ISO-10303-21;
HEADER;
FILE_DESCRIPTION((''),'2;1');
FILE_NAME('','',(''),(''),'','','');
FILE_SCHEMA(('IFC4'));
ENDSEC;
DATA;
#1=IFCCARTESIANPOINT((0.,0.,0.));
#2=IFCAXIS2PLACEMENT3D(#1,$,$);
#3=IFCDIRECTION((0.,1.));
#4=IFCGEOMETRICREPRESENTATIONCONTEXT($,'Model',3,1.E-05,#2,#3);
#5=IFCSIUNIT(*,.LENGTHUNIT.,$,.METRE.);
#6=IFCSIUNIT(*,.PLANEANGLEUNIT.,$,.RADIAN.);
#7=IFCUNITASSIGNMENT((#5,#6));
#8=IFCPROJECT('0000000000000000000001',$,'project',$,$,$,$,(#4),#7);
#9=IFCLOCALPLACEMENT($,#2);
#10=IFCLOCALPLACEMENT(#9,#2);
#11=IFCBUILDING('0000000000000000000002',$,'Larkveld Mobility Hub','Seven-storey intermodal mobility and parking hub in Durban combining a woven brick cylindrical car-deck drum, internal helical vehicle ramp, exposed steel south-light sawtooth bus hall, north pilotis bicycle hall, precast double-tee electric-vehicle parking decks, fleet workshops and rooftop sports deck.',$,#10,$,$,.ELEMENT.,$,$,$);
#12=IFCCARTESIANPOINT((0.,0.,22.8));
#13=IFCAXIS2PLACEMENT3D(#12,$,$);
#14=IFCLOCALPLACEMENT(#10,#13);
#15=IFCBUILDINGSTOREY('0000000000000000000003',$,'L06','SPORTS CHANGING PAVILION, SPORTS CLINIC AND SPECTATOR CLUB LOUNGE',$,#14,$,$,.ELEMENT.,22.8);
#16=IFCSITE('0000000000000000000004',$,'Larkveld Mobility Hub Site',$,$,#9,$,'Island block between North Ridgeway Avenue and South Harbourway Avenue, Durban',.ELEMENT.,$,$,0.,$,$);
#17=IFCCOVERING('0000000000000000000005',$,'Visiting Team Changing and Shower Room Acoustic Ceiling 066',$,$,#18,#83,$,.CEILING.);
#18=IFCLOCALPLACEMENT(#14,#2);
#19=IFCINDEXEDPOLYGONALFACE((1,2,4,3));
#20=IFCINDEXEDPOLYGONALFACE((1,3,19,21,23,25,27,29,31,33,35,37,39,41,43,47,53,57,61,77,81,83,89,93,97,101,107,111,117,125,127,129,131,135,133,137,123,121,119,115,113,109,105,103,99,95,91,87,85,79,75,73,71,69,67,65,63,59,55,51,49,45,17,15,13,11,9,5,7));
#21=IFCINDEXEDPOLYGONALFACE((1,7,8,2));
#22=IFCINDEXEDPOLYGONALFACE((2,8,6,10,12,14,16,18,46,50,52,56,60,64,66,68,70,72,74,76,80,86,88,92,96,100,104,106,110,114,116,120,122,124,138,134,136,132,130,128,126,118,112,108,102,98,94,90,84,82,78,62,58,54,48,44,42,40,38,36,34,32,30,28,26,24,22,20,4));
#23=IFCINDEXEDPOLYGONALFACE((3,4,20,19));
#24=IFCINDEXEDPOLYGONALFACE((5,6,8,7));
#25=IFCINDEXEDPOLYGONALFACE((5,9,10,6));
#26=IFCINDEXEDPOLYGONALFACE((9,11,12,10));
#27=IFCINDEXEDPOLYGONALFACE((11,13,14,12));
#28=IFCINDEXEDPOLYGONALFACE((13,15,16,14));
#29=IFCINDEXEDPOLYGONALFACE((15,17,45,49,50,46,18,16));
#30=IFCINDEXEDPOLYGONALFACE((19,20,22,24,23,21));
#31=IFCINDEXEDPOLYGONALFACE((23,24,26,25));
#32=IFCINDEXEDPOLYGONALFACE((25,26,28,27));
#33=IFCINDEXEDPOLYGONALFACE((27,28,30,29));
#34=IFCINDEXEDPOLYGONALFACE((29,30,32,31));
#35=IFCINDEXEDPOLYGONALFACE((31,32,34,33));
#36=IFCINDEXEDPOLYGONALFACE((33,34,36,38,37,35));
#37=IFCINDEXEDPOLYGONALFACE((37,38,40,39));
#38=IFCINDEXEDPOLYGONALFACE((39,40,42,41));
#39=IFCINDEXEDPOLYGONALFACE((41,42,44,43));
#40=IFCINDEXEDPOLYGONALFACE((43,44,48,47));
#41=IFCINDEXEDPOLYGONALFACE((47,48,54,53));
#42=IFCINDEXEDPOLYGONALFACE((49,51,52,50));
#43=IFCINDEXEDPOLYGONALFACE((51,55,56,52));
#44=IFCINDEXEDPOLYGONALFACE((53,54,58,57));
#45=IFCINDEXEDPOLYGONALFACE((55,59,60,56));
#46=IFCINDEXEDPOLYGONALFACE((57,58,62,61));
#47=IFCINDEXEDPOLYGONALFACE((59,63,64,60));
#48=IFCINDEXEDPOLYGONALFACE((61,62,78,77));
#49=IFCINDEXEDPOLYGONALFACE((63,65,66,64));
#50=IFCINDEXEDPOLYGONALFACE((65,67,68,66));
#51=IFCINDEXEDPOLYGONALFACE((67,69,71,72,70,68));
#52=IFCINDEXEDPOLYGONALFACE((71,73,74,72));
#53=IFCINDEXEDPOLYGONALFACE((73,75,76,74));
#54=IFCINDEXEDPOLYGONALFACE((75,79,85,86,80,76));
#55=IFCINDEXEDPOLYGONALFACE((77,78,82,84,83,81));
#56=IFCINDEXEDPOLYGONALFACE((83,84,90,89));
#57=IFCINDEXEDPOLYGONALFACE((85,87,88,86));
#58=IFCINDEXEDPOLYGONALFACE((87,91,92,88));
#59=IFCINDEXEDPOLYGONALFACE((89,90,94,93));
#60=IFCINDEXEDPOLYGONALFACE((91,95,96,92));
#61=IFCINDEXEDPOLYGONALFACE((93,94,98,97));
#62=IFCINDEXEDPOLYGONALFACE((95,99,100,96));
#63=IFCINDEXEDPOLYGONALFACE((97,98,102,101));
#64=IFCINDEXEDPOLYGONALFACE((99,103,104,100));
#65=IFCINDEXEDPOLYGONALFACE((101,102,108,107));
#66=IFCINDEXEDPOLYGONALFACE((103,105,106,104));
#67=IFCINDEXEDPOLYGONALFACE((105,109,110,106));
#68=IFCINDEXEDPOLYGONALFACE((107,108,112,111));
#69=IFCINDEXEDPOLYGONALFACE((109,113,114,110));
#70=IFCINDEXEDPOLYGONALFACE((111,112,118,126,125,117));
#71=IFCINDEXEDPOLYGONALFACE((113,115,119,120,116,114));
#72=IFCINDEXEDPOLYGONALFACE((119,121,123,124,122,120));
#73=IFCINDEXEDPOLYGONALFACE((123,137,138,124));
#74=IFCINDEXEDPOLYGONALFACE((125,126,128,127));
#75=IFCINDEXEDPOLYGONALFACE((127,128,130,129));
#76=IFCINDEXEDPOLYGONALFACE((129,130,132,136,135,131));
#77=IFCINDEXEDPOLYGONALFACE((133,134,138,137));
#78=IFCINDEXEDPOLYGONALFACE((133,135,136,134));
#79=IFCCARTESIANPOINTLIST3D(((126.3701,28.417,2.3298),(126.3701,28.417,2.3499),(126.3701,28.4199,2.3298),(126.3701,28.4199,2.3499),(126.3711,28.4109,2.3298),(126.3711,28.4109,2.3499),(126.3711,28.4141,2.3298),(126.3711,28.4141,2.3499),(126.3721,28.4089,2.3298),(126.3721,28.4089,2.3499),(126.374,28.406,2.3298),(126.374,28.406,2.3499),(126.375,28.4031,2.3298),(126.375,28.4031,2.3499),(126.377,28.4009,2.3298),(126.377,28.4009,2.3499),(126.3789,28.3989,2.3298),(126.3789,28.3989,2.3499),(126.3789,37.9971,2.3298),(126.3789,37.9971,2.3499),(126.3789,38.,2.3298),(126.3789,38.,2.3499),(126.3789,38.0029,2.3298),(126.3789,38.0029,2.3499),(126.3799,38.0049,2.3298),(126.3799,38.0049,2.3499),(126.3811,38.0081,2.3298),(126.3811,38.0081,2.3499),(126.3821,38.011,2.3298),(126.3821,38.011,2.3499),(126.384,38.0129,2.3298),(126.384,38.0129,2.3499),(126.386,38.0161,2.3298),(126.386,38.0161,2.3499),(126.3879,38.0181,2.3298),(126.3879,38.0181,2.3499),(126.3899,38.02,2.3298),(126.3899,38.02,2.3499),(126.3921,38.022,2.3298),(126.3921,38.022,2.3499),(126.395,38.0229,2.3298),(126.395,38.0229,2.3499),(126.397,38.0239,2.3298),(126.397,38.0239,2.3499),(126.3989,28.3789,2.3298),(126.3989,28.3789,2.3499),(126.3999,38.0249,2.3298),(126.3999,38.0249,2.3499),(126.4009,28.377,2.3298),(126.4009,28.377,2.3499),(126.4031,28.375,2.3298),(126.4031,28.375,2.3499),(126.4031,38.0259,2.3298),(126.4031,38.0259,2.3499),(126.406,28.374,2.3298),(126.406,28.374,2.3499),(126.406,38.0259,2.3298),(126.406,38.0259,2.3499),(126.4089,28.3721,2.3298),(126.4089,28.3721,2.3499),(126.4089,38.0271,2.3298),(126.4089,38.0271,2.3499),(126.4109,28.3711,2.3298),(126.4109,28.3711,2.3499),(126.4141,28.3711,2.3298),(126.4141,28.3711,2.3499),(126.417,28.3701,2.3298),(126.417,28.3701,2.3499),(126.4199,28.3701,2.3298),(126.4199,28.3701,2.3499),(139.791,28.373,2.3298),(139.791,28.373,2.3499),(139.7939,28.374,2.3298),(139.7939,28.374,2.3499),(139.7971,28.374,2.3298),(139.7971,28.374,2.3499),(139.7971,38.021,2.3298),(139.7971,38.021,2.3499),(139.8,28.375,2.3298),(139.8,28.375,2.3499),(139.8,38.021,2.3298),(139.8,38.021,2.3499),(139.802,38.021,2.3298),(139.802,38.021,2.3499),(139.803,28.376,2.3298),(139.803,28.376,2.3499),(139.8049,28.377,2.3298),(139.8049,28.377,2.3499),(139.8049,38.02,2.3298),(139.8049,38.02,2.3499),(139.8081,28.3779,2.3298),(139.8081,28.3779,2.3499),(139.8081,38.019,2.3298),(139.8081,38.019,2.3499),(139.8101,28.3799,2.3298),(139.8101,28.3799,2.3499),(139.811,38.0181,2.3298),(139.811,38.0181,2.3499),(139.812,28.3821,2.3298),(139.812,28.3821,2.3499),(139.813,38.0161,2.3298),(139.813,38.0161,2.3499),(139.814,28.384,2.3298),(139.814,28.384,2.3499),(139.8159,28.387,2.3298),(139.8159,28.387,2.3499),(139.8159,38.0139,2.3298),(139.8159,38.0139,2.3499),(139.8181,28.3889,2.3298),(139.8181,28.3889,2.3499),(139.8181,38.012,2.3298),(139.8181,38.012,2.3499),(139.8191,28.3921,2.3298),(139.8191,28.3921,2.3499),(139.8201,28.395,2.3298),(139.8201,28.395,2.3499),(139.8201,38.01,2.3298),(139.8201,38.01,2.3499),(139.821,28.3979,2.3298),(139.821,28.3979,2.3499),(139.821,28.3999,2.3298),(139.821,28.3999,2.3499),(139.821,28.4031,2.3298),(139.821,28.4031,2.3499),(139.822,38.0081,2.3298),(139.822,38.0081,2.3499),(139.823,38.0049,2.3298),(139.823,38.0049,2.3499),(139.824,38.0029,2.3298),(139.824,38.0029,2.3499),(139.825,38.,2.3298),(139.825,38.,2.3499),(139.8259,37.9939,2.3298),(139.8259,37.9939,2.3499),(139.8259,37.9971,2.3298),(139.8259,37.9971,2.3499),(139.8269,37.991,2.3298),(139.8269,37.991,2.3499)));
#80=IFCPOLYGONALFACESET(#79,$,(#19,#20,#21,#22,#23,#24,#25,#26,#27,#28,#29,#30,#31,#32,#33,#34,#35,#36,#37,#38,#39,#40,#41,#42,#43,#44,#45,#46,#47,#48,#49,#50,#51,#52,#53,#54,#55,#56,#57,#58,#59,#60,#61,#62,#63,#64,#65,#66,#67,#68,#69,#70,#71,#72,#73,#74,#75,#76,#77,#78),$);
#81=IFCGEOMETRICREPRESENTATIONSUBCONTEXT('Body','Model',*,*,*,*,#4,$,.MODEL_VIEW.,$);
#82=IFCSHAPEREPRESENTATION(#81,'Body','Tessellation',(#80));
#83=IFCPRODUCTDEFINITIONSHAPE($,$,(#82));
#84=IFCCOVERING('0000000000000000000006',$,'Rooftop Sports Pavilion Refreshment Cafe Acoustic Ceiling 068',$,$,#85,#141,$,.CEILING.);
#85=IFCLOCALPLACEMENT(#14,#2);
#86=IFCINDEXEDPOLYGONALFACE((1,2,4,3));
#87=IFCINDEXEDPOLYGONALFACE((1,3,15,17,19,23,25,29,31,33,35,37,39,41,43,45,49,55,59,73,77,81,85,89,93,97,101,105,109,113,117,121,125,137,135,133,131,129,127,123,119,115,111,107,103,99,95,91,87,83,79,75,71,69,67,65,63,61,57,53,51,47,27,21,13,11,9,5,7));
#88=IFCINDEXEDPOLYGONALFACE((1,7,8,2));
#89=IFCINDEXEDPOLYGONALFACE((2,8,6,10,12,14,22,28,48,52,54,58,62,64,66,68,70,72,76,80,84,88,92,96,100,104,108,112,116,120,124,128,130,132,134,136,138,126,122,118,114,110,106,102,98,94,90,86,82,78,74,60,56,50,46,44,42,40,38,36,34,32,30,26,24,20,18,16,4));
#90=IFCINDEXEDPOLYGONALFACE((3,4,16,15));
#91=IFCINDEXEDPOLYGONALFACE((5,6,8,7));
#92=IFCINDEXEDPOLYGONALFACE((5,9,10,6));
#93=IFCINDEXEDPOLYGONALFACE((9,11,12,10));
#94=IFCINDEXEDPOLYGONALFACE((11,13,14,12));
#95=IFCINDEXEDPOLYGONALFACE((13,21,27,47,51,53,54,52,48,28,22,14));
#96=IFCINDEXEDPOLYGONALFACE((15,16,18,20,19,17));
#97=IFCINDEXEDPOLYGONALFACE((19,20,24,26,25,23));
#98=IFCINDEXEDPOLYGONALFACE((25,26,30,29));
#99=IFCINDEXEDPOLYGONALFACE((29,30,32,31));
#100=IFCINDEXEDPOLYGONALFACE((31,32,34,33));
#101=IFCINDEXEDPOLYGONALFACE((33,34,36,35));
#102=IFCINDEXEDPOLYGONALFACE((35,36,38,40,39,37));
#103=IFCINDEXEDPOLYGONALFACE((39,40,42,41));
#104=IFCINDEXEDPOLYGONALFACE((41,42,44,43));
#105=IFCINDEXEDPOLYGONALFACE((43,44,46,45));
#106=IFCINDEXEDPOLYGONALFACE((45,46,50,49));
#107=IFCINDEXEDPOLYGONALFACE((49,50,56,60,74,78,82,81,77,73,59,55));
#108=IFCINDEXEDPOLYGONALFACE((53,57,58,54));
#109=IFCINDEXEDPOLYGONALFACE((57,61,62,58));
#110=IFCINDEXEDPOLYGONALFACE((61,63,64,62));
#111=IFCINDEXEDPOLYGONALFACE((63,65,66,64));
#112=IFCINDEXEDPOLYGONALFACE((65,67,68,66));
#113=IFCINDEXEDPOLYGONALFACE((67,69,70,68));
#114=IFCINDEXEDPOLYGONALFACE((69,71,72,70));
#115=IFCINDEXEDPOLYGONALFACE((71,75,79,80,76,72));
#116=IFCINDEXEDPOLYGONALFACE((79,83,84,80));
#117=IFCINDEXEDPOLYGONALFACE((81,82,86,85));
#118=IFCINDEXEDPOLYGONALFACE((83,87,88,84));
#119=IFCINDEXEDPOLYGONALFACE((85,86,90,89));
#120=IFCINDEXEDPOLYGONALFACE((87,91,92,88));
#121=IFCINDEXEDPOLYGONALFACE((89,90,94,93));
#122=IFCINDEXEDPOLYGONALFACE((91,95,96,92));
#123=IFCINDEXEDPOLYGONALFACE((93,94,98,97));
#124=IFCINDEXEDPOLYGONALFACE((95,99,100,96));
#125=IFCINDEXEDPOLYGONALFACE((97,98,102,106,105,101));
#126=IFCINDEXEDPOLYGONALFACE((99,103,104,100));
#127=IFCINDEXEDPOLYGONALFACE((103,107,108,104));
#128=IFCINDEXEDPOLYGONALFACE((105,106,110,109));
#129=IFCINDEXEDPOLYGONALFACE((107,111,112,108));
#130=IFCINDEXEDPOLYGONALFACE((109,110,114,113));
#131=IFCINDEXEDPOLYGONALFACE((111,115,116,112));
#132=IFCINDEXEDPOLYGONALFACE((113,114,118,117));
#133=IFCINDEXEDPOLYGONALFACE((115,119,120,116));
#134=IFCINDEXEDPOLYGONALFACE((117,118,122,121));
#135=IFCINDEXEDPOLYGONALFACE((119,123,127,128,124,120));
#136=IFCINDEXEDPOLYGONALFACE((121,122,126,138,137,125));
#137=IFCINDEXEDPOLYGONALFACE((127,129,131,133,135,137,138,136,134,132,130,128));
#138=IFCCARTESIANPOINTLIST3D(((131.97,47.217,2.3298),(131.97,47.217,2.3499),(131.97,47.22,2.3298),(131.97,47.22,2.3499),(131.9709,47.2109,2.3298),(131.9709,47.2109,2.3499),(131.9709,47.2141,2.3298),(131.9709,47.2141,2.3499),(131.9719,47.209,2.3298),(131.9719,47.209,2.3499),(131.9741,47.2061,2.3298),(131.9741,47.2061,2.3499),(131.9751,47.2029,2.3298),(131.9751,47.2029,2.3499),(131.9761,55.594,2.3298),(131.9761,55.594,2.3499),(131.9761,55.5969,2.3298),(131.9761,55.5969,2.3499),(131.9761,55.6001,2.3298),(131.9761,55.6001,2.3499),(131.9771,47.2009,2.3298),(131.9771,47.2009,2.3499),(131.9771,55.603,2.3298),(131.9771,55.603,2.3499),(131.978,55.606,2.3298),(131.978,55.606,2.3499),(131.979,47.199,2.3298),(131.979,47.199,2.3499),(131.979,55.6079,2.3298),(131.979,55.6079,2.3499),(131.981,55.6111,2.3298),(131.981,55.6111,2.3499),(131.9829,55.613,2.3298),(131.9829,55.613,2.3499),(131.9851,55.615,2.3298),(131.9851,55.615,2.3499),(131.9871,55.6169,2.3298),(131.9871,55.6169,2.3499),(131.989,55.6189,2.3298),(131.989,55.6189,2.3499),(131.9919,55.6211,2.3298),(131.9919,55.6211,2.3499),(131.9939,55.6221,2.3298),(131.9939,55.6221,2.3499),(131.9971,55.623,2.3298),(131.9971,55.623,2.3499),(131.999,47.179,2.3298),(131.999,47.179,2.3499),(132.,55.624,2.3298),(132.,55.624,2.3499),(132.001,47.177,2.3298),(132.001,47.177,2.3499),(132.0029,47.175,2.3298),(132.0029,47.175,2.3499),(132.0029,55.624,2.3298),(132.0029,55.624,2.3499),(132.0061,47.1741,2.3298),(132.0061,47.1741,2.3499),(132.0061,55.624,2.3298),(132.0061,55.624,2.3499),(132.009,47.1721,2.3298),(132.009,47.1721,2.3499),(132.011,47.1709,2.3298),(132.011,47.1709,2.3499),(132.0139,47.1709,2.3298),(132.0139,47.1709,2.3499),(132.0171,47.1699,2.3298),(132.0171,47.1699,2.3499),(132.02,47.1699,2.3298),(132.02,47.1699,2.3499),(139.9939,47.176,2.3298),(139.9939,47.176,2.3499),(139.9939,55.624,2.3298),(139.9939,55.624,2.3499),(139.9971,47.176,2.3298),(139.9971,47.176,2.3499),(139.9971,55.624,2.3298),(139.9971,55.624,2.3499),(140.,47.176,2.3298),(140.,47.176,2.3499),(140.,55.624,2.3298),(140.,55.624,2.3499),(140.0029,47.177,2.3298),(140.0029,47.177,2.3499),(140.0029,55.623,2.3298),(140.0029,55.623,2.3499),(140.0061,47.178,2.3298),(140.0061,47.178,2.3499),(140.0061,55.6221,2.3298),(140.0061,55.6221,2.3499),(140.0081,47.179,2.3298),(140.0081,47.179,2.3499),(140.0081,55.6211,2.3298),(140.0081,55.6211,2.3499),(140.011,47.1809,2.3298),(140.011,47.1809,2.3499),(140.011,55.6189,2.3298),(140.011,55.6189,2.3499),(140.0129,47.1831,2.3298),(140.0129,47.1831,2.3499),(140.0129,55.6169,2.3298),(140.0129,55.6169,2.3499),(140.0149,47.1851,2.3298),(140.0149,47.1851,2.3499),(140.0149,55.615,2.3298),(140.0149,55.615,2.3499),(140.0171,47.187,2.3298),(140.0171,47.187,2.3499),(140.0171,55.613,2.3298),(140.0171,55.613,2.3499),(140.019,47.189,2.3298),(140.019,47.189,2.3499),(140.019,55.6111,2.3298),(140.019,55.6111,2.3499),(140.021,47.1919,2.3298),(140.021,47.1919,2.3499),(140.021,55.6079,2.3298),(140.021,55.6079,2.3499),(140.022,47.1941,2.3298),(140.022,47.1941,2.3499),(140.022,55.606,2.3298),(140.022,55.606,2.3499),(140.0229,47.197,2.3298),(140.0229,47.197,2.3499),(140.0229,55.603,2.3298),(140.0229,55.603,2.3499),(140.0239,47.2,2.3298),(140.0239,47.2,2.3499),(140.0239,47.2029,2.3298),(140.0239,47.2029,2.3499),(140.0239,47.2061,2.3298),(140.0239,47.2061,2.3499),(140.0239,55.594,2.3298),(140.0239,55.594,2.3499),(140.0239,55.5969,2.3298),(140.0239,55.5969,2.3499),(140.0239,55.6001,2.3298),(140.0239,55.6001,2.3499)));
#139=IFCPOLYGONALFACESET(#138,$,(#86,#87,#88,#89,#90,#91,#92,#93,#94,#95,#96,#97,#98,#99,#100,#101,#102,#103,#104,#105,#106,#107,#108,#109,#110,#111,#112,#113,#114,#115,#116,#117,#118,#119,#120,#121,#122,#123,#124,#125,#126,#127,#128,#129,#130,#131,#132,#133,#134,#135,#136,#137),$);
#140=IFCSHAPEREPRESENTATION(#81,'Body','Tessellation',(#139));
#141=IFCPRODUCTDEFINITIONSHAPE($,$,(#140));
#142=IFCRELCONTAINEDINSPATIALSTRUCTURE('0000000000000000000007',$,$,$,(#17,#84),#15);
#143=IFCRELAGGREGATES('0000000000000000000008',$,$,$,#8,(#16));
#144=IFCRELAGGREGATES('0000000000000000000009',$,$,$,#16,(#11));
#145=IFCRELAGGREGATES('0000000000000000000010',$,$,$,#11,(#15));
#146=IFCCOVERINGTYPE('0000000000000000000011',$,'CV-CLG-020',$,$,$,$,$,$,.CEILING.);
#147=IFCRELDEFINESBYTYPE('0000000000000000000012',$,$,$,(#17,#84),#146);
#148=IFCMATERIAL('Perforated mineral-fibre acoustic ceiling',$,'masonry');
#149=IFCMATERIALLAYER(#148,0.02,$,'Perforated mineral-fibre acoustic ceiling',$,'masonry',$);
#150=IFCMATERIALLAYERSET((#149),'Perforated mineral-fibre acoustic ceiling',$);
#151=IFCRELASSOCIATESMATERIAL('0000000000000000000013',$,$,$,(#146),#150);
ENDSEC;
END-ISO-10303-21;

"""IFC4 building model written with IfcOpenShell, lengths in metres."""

from ifc_helpers import new_model, si_unit, direction, frame, origin, place, context, subcontext, project, spatial, polyline, outline, extrude, material, layer, layer_set, type_object, element, save


model = new_model("IFC4")

# Units and contexts
model_context = context("Model", 3, precision=1e-05, world=origin(), true_north=direction((0.0, 1.0)))
body_context = subcontext(model_context, "Body", "Model", "MODEL_VIEW")
ifc_project = project(units=[si_unit("LENGTHUNIT", "METRE"), si_unit("PLANEANGLEUNIT", "RADIAN")], contexts=[model_context])

# Site, building, storey
site_placement = place(None, origin())
site = spatial("IfcSite", under=ifc_project, at=site_placement, Name="Larkveld Mobility Hub Site", LongName="Island block between North Ridgeway Avenue and South Harbourway Avenue, Durban", CompositionType="ELEMENT", RefElevation=0.0)
building_placement = place(site_placement, origin())
building = spatial("IfcBuilding", under=site, at=building_placement, Name="Larkveld Mobility Hub", Description="Seven-storey intermodal mobility and parking hub in Durban combining a woven brick cylindrical car-deck drum, internal helical vehicle ramp, exposed steel south-light sawtooth bus hall, north pilotis bicycle hall, precast double-tee electric-vehicle parking decks, fleet workshops and rooftop sports deck.", CompositionType="ELEMENT")
storey_placement = place(building_placement, frame((0.0, 0.0, 22.8)))
storey = spatial("IfcBuildingStorey", under=building, at=storey_placement, Name="L06", Description="SPORTS CHANGING PAVILION, SPORTS CLINIC AND SPECTATOR CLUB LOUNGE", CompositionType="ELEMENT", Elevation=22.8)

# Coverings
ifc_material_1 = material(Name="Perforated mineral-fibre acoustic ceiling", Category="masonry")
ifc_layer_1 = layer(ifc_material_1, 0.02, Name="Perforated mineral-fibre acoustic ceiling", Category="masonry")
ifc_layer_set_1 = layer_set([ifc_layer_1], Name="Perforated mineral-fibre acoustic ceiling")
covering_type_1 = type_object("IfcCoveringType", Name="CV-CLG-020", PredefinedType="CEILING", material=ifc_layer_set_1)
covering_1_placement = place(storey_placement, frame((0.0, 0.0, 2.3298)))
element("IfcCovering", 1, at=covering_1_placement, inside=storey, type_object=covering_type_1, Name="Visiting Team Changing and Shower Room Acoustic Ceiling 066", PredefinedType="CEILING", context=body_context, shape_type="SweptSolid", body=[
    extrude(outline(polyline([(126.4199, 28.3701), (126.417, 28.3701), (126.4141, 28.3711), (126.4109, 28.3711), (126.4089, 28.3721), (126.406, 28.374), (126.4031, 28.375), (126.4009, 28.377), (126.3989, 28.3789), (126.3789, 28.3989), (126.377, 28.4009), (126.375, 28.4031), (126.374, 28.406), (126.3721, 28.4089), (126.3711, 28.4109), (126.3711, 28.4141), (126.3701, 28.417), (126.3701, 28.4199), (126.3789, 37.9971), (126.3789, 38.0), (126.3789, 38.0029), (126.3799, 38.0049), (126.3811, 38.0081), (126.3821, 38.011), (126.384, 38.0129), (126.386, 38.0161), (126.3879, 38.0181), (126.3899, 38.02), (126.3921, 38.022), (126.395, 38.0229), (126.397, 38.0239), (126.3999, 38.0249), (126.4031, 38.0259), (126.406, 38.0259), (126.4089, 38.0271), (139.7971, 38.021), (139.8, 38.021), (139.802, 38.021), (139.8049, 38.02), (139.8081, 38.019), (139.811, 38.0181), (139.813, 38.0161), (139.8159, 38.0139), (139.8181, 38.012), (139.8201, 38.01), (139.822, 38.0081), (139.823, 38.0049), (139.824, 38.0029), (139.825, 38.0), (139.8259, 37.9971), (139.8259, 37.9939), (139.8269, 37.991), (139.821, 28.4031), (139.821, 28.3999), (139.821, 28.3979), (139.8201, 28.395), (139.8191, 28.3921), (139.8181, 28.3889), (139.8159, 28.387), (139.814, 28.384), (139.812, 28.3821), (139.8101, 28.3799), (139.8081, 28.3779), (139.8049, 28.377), (139.803, 28.376), (139.8, 28.375), (139.7971, 28.374), (139.7939, 28.374), (139.791, 28.373), (126.4199, 28.3701)])), origin(), (0.0, 0.0, 1.0), 0.02),
])
covering_2_placement = place(storey_placement, frame((0.0, 0.0, 2.3298)))
element("IfcCovering", 2, at=covering_2_placement, inside=storey, type_object=covering_type_1, Name="Rooftop Sports Pavilion Refreshment Cafe Acoustic Ceiling 068", PredefinedType="CEILING", context=body_context, shape_type="SweptSolid", body=[
    extrude(outline(polyline([(132.02, 47.1699), (132.0171, 47.1699), (132.0139, 47.1709), (132.011, 47.1709), (132.009, 47.1721), (132.0061, 47.1741), (132.0029, 47.175), (132.001, 47.177), (131.999, 47.179), (131.979, 47.199), (131.9771, 47.2009), (131.9751, 47.2029), (131.9741, 47.2061), (131.9719, 47.209), (131.9709, 47.2109), (131.9709, 47.2141), (131.97, 47.217), (131.97, 47.22), (131.9761, 55.594), (131.9761, 55.5969), (131.9761, 55.6001), (131.9771, 55.603), (131.978, 55.606), (131.979, 55.6079), (131.981, 55.6111), (131.9829, 55.613), (131.9851, 55.615), (131.9871, 55.6169), (131.989, 55.6189), (131.9919, 55.6211), (131.9939, 55.6221), (131.9971, 55.623), (132.0, 55.624), (132.0029, 55.624), (132.0061, 55.624), (139.9939, 55.624), (139.9971, 55.624), (140.0, 55.624), (140.0029, 55.623), (140.0061, 55.6221), (140.0081, 55.6211), (140.011, 55.6189), (140.0129, 55.6169), (140.0149, 55.615), (140.0171, 55.613), (140.019, 55.6111), (140.021, 55.6079), (140.022, 55.606), (140.0229, 55.603), (140.0239, 55.6001), (140.0239, 55.5969), (140.0239, 55.594), (140.0239, 47.2061), (140.0239, 47.2029), (140.0239, 47.2), (140.0229, 47.197), (140.022, 47.1941), (140.021, 47.1919), (140.019, 47.189), (140.0171, 47.187), (140.0149, 47.1851), (140.0129, 47.1831), (140.011, 47.1809), (140.0081, 47.179), (140.0061, 47.178), (140.0029, 47.177), (140.0, 47.176), (139.9971, 47.176), (139.9939, 47.176), (132.02, 47.1699)])), origin(), (0.0, 0.0, 1.0), 0.02),
])

save(model, "model.ifc")
